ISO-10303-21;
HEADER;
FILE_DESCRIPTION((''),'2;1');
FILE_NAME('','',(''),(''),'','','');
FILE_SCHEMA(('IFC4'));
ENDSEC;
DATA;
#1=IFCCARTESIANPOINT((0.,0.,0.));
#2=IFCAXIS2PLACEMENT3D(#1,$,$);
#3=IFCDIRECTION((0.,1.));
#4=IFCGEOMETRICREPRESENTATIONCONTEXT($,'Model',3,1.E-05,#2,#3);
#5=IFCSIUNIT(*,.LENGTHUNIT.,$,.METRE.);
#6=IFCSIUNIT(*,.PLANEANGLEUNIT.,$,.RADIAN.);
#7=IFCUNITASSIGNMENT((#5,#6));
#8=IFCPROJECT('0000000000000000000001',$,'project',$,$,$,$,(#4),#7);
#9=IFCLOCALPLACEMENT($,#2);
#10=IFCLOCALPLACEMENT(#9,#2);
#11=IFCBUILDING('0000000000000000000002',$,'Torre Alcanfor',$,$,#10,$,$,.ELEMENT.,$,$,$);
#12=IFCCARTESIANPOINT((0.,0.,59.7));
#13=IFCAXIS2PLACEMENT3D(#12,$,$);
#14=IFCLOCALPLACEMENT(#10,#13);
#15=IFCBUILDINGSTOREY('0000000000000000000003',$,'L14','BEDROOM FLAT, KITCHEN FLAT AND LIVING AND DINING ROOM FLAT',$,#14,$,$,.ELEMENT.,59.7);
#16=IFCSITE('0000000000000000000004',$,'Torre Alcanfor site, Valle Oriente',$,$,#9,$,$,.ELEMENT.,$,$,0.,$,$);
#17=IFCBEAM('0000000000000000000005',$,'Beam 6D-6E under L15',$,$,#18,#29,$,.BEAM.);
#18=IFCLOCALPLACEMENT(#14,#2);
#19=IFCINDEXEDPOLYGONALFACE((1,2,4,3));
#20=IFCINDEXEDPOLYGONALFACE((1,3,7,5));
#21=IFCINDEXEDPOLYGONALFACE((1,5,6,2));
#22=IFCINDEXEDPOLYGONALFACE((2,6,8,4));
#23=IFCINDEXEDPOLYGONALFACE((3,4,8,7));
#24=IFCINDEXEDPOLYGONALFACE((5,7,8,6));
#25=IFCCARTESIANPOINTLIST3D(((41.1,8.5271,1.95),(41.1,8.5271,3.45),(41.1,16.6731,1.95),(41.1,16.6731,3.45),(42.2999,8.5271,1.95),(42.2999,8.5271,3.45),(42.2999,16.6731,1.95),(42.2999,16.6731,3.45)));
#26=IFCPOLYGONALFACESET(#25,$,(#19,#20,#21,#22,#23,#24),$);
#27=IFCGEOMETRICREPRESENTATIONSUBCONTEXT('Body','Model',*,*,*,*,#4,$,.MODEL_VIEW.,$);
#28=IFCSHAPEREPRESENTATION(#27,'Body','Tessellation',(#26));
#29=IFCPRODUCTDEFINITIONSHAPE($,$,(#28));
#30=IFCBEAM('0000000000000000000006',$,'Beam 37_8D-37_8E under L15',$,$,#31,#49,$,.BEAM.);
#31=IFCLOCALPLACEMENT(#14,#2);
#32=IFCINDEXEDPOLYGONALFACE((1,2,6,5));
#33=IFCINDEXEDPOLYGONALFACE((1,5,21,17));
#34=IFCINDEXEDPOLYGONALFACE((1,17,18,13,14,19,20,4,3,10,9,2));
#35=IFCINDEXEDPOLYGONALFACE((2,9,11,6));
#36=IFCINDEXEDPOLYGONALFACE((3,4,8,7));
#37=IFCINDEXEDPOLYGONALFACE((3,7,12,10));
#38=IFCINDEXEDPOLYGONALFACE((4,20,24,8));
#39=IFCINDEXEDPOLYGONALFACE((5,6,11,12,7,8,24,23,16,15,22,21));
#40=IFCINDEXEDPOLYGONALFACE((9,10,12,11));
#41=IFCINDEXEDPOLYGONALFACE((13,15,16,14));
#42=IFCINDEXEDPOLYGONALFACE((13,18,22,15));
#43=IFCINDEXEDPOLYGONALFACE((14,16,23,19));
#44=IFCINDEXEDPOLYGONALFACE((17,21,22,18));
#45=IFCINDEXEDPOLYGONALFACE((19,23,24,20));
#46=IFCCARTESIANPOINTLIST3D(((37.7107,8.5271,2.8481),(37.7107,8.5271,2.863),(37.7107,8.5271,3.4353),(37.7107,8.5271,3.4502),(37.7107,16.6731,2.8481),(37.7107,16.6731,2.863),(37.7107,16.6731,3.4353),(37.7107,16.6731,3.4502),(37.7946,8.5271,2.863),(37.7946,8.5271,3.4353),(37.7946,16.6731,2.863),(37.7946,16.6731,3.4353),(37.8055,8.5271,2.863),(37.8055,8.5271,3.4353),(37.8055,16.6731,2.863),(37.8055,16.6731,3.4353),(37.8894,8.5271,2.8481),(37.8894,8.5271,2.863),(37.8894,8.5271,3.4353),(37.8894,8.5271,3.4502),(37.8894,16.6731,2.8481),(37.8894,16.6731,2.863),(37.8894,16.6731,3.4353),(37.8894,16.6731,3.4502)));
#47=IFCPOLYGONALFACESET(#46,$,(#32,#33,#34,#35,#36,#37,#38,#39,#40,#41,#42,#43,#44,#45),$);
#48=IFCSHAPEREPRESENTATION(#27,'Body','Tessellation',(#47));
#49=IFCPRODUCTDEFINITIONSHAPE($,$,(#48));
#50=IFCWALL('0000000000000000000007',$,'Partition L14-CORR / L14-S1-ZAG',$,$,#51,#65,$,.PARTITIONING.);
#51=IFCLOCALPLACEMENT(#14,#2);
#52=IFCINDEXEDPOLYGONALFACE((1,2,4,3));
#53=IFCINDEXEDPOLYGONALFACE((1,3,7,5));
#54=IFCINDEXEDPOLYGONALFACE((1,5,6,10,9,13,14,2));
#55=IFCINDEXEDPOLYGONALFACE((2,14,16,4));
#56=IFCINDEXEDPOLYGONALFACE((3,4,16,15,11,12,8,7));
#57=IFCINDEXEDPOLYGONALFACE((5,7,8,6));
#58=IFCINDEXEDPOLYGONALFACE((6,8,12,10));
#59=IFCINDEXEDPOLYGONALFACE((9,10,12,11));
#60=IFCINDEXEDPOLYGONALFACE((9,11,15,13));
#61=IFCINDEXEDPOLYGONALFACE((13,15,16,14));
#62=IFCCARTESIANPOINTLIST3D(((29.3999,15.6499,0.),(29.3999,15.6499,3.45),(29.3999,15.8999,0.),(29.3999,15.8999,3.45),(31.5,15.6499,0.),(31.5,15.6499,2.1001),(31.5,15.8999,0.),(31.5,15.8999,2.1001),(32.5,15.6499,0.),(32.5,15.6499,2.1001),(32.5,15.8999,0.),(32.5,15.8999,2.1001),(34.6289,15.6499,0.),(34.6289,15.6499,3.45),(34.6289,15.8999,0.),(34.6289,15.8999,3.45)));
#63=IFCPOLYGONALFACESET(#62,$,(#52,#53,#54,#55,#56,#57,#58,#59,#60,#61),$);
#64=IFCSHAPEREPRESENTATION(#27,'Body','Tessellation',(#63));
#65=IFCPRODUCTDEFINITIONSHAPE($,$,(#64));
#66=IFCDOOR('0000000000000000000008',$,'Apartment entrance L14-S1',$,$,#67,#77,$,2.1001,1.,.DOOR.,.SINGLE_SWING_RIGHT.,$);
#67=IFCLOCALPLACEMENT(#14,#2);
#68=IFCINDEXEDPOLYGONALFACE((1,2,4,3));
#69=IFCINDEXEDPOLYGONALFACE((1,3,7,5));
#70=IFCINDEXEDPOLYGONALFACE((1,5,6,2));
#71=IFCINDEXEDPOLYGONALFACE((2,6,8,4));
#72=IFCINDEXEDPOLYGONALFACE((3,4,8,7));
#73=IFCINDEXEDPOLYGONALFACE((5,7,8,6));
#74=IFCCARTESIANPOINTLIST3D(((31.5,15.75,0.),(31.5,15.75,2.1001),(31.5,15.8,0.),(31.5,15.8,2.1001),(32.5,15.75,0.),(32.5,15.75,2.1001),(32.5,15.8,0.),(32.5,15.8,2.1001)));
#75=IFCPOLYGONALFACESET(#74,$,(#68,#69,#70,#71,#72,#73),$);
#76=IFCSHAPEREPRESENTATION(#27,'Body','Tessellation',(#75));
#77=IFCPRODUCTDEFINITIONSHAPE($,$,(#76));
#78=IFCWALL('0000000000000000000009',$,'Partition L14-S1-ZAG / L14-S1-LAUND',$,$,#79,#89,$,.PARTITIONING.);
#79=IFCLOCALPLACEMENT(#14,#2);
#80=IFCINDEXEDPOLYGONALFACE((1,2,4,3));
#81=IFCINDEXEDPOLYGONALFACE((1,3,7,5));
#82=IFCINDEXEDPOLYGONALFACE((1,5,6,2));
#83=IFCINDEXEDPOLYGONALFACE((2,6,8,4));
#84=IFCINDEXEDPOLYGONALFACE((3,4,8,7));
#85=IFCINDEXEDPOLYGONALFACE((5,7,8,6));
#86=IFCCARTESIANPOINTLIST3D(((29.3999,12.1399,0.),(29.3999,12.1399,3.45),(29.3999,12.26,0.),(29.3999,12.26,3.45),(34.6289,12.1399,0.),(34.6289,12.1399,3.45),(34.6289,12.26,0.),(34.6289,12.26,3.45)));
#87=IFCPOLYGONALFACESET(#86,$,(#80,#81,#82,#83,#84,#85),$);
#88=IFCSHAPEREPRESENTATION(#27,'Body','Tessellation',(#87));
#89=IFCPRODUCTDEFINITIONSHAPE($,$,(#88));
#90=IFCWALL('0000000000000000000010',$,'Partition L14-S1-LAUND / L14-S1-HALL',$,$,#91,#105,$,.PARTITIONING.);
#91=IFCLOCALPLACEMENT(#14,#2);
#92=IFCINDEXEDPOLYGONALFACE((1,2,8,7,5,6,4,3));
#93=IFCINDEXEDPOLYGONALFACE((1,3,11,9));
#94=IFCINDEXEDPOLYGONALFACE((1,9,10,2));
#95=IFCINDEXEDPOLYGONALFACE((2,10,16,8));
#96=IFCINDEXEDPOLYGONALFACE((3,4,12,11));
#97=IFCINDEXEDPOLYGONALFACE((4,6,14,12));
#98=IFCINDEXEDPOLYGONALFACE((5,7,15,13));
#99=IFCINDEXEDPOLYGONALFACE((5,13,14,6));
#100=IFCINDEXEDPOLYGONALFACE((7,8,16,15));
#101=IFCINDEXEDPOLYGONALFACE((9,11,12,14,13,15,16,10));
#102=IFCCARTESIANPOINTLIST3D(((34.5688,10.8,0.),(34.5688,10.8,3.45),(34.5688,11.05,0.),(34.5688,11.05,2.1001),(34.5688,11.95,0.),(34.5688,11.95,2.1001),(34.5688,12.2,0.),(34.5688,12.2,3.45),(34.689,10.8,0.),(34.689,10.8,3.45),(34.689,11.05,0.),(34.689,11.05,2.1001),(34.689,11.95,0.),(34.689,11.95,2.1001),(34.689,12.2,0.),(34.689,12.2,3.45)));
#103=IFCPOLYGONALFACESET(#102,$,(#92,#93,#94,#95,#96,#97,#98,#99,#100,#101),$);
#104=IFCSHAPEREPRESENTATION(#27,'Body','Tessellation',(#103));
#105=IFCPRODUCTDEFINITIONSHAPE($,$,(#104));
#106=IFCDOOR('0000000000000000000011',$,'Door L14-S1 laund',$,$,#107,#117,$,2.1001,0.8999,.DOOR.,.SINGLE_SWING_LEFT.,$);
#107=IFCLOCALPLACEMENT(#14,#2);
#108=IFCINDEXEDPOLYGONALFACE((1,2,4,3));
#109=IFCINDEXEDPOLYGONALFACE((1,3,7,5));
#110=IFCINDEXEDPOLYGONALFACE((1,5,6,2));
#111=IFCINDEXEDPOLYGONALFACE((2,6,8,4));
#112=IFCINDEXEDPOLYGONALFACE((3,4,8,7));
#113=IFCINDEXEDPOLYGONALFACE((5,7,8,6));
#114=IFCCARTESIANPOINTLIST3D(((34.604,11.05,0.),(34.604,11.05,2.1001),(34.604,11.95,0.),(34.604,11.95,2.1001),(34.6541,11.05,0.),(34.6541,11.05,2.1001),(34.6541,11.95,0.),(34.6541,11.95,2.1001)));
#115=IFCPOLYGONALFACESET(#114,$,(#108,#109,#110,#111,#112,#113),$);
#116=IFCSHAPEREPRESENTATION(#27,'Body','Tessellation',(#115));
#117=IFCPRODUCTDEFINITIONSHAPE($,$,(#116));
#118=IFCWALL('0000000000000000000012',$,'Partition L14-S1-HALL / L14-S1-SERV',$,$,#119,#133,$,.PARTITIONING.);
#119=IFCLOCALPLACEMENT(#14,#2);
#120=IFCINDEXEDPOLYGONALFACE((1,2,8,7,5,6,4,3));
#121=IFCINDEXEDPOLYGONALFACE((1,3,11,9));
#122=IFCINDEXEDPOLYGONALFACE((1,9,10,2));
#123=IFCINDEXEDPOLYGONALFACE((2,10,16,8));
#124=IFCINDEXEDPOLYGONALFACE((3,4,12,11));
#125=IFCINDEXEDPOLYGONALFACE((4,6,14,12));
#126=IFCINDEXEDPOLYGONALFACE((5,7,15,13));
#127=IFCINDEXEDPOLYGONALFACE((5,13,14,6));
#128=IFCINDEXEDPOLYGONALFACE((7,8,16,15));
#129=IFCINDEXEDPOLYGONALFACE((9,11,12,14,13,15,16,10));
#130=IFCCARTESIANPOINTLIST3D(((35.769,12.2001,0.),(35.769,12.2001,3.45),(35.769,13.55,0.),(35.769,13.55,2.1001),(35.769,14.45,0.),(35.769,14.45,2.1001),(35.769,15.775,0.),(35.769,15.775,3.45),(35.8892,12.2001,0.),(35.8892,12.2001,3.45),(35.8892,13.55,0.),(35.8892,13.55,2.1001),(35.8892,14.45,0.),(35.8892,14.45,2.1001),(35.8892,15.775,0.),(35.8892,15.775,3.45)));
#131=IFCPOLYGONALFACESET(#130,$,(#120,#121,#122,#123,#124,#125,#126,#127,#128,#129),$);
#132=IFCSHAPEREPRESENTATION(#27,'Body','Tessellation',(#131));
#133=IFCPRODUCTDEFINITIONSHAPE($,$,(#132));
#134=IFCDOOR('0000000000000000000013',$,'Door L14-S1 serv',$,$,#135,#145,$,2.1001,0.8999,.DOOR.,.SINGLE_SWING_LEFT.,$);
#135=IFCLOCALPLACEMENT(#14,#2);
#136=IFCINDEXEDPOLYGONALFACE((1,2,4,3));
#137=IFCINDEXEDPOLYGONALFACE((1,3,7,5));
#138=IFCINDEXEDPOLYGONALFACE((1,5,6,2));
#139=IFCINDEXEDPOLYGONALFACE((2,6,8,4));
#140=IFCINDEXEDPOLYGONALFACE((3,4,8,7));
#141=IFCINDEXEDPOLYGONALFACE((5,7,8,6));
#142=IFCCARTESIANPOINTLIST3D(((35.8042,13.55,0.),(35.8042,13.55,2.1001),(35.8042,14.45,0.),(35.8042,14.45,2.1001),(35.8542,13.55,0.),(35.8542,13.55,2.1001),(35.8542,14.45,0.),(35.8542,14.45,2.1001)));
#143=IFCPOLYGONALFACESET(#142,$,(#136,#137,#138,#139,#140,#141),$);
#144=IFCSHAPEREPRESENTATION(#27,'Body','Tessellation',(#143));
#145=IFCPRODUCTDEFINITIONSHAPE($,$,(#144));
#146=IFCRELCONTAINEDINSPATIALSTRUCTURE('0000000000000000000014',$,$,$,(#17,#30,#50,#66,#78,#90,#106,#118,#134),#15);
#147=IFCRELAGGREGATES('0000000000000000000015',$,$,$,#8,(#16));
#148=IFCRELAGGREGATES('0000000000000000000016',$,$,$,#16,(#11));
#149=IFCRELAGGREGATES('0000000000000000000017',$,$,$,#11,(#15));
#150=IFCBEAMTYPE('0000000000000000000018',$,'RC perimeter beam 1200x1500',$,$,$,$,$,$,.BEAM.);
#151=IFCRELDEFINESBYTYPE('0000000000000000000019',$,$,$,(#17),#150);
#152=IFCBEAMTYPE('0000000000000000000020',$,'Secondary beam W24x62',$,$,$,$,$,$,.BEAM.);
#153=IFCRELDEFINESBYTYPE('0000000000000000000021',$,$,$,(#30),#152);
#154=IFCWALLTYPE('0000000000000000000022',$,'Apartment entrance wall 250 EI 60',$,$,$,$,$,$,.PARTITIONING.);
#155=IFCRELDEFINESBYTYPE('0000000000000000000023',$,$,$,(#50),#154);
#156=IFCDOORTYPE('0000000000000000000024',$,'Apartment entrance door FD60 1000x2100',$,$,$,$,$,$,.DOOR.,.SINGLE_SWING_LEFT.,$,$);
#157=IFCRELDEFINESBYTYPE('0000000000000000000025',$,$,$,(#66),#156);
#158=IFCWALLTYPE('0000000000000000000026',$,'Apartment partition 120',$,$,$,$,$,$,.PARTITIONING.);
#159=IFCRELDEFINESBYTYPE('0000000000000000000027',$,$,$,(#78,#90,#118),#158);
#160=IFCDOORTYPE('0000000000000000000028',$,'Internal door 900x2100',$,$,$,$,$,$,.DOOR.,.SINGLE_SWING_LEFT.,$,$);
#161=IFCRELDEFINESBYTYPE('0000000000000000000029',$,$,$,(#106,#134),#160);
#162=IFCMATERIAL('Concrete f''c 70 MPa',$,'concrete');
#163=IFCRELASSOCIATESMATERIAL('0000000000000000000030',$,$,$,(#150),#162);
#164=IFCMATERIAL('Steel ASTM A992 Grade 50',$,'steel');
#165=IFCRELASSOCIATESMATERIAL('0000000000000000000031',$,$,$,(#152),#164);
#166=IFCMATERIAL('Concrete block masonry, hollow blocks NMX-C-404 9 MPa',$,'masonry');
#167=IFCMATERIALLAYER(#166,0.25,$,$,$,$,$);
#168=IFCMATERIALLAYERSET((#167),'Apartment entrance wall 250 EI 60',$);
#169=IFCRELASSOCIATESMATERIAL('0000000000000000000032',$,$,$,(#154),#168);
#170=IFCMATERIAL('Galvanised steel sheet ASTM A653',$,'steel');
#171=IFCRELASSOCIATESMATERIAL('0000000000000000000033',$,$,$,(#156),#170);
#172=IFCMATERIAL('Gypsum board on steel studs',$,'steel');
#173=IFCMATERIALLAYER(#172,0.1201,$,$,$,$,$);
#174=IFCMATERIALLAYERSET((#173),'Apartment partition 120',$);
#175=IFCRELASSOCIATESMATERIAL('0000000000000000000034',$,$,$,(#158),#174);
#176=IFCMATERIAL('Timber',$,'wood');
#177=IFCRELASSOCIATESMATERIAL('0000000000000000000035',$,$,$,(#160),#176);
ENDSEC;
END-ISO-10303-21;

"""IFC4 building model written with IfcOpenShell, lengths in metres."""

from ifc_helpers import new_model, si_unit, direction, frame, frame_2d, origin, origin_2d, place, context, subcontext, project, spatial, rectangle, i_section, extrude, material, layer, layer_set, material_profile, profile_set, type_object, element, fill, save


model = new_model("IFC4")

# Units and contexts
model_context = context("Model", 3, precision=1e-05, world=origin(), true_north=direction((0.0, 1.0)))
body_context = subcontext(model_context, "Body", "Model", "MODEL_VIEW")
ifc_project = project(units=[si_unit("LENGTHUNIT", "METRE"), si_unit("PLANEANGLEUNIT", "RADIAN")], contexts=[model_context])

# Site, building, storey
site_placement = place(None, origin())
site = spatial("IfcSite", under=ifc_project, at=site_placement, Name="Torre Alcanfor site, Valle Oriente", CompositionType="ELEMENT", RefElevation=0.0)
building_placement = place(site_placement, origin())
building = spatial("IfcBuilding", under=site, at=building_placement, Name="Torre Alcanfor", CompositionType="ELEMENT")
storey_placement = place(building_placement, frame((0.0, 0.0, 59.7)))
storey = spatial("IfcBuildingStorey", under=building, at=storey_placement, Name="L14", Description="BEDROOM FLAT, KITCHEN FLAT AND LIVING AND DINING ROOM FLAT", CompositionType="ELEMENT", Elevation=59.7)

# Beams
ifc_material_1 = material(Name="Concrete f'c 70 MPa", Category="concrete")
ifc_material_profile_1 = material_profile(ifc_material_1, rectangle(XDim=1.2, YDim=1.5, at=origin_2d()), Name="1200x1500")
ifc_profile_set_1 = profile_set([ifc_material_profile_1], Name="Concrete f'c 70 MPa")
beam_type_1 = type_object("IfcBeamType", Name="RC perimeter beam 1200x1500", PredefinedType="BEAM", material=ifc_profile_set_1)
beam_1_placement = place(storey_placement, frame((41.7, 8.5271, 2.7), z_axis=(0.0, 1.0, 0.0), x_axis=(-1.0, 0.0, 0.0)))
element("IfcBeam", 1, at=beam_1_placement, inside=storey, type_object=beam_type_1, Name="Beam 6D-6E under L15", PredefinedType="BEAM", context=body_context, shape_type="SweptSolid", body=[
    extrude(rectangle(XDim=1.2, YDim=1.5, at=origin_2d()), origin(), (0.0, 0.0, 1.0), 8.146),
])
ifc_material_2 = material(Name="Steel ASTM A992 Grade 50", Category="steel")
ifc_material_profile_2 = material_profile(ifc_material_2, i_section(OverallWidth=0.1787, OverallDepth=0.6021, WebThickness=0.011, FlangeThickness=0.0149, at=origin_2d()), Name="W24x62")
ifc_profile_set_2 = profile_set([ifc_material_profile_2], Name="Steel ASTM A992 Grade 50")
beam_type_2 = type_object("IfcBeamType", Name="Secondary beam W24x62", PredefinedType="BEAM", material=ifc_profile_set_2)
beam_2_placement = place(storey_placement, frame((37.8, 8.5271, 3.1492), z_axis=(0.0, 1.0, 0.0), x_axis=(-1.0, 0.0, 0.0)))
element("IfcBeam", 2, at=beam_2_placement, inside=storey, type_object=beam_type_2, Name="Beam 37_8D-37_8E under L15", PredefinedType="BEAM", context=body_context, shape_type="SweptSolid", body=[
    extrude(i_section(OverallWidth=0.1787, OverallDepth=0.6021, WebThickness=0.011, FlangeThickness=0.0149, at=origin_2d()), origin(), (0.0, 0.0, 1.0), 8.146),
])

# Wall, opening, door
ifc_material_3 = material(Name="Concrete block masonry, hollow blocks NMX-C-404 9 MPa", Category="masonry")
ifc_layer_1 = layer(ifc_material_3, 0.25)
ifc_layer_set_1 = layer_set([ifc_layer_1], Name="Apartment entrance wall 250 EI 60")
wall_type_1 = type_object("IfcWallType", Name="Apartment entrance wall 250 EI 60", PredefinedType="PARTITIONING", material=ifc_layer_set_1)
wall_1_placement = place(storey_placement, frame((34.6289, 15.7749, 0.0), z_axis=(0.0, 0.0, 1.0), x_axis=(-1.0, 0.0, 0.0)))
wall_1 = element("IfcWall", 3, at=wall_1_placement, inside=storey, type_object=wall_type_1, Name="Partition L14-CORR / L14-S1-ZAG", PredefinedType="PARTITIONING", context=body_context, shape_type="SweptSolid", body=[
    extrude(rectangle(XDim=5.229, YDim=0.25, at=frame_2d((2.6145, 0.0))), origin(), (0.0, 0.0, 1.0), 3.45),
])
opening_1_placement = place(wall_1_placement, frame((2.1289, 0.0, 0.0)))
opening_1 = element("IfcOpeningElement", 4, at=opening_1_placement, cuts=wall_1, PredefinedType="OPENING", context=body_context, shape_type="SweptSolid", body=[
    extrude(rectangle(XDim=1.0, YDim=2.1001, at=frame_2d((0.5, 1.05))), frame((0.0, 0.135, 0.0), z_axis=(0.0, -1.0, 0.0), x_axis=(1.0, 0.0, 0.0)), (0.0, 0.0, 1.0), 0.27),
])
ifc_material_4 = material(Name="Galvanised steel sheet ASTM A653", Category="steel")
door_type_1 = type_object("IfcDoorType", Name="Apartment entrance door FD60 1000x2100", OperationType="SINGLE_SWING_LEFT", PredefinedType="DOOR", material=ifc_material_4)
door_1_placement = place(opening_1_placement, origin())
door_1 = element("IfcDoor", 5, at=door_1_placement, inside=storey, type_object=door_type_1, Name="Apartment entrance L14-S1", OperationType="SINGLE_SWING_RIGHT", OverallHeight=2.1001, OverallWidth=1.0, PredefinedType="DOOR", context=body_context, shape_type="SweptSolid", body=[
    extrude(rectangle(XDim=1.0, YDim=2.1001, at=frame_2d((0.5, 1.05))), frame((0.0, 0.0249, 0.0), z_axis=(0.0, -1.0, 0.0), x_axis=(1.0, 0.0, 0.0)), (0.0, 0.0, 1.0), 0.05),
])
fill(opening_1, door_1)

# Wall
ifc_material_5 = material(Name="Gypsum board on steel studs", Category="steel")
ifc_layer_2 = layer(ifc_material_5, 0.1201)
ifc_layer_set_2 = layer_set([ifc_layer_2], Name="Apartment partition 120")
wall_type_2 = type_object("IfcWallType", Name="Apartment partition 120", PredefinedType="PARTITIONING", material=ifc_layer_set_2)
wall_2_placement = place(storey_placement, frame((29.3999, 12.2, 0.0), z_axis=(0.0, 0.0, 1.0), x_axis=(1.0, 0.0, 0.0)))
element("IfcWall", 6, at=wall_2_placement, inside=storey, type_object=wall_type_2, Name="Partition L14-S1-ZAG / L14-S1-LAUND", PredefinedType="PARTITIONING", context=body_context, shape_type="SweptSolid", body=[
    extrude(rectangle(XDim=5.229, YDim=0.1201, at=frame_2d((2.6145, 0.0))), origin(), (0.0, 0.0, 1.0), 3.45),
])

# Walls, openings, doors
wall_3_placement = place(storey_placement, frame((34.6289, 10.8, 0.0), z_axis=(0.0, 0.0, 1.0), x_axis=(0.0, 1.0, 0.0)))
wall_3 = element("IfcWall", 7, at=wall_3_placement, inside=storey, type_object=wall_type_2, Name="Partition L14-S1-LAUND / L14-S1-HALL", PredefinedType="PARTITIONING", context=body_context, shape_type="SweptSolid", body=[
    extrude(rectangle(XDim=1.3999, YDim=0.1201, at=frame_2d((0.7, 0.0))), origin(), (0.0, 0.0, 1.0), 3.45),
])
opening_2_placement = place(wall_3_placement, frame((0.25, 0.0, 0.0)))
opening_2 = element("IfcOpeningElement", 8, at=opening_2_placement, cuts=wall_3, PredefinedType="OPENING", context=body_context, shape_type="SweptSolid", body=[
    extrude(rectangle(XDim=0.8999, YDim=2.1001, at=frame_2d((0.45, 1.05))), frame((0.0, 0.0701, 0.0), z_axis=(0.0, -1.0, 0.0), x_axis=(1.0, 0.0, 0.0)), (0.0, 0.0, 1.0), 0.1401),
])
ifc_material_6 = material(Name="Timber", Category="wood")
door_type_2 = type_object("IfcDoorType", Name="Internal door 900x2100", OperationType="SINGLE_SWING_LEFT", PredefinedType="DOOR", material=ifc_material_6)
door_2_placement = place(opening_2_placement, origin())
door_2 = element("IfcDoor", 9, at=door_2_placement, inside=storey, type_object=door_type_2, Name="Door L14-S1 laund", OperationType="SINGLE_SWING_LEFT", OverallHeight=2.1001, OverallWidth=0.8999, PredefinedType="DOOR", context=body_context, shape_type="SweptSolid", body=[
    extrude(rectangle(XDim=0.8999, YDim=2.1001, at=frame_2d((0.45, 1.05))), frame((0.0, 0.0249, 0.0), z_axis=(0.0, -1.0, 0.0), x_axis=(1.0, 0.0, 0.0)), (0.0, 0.0, 1.0), 0.05),
])
fill(opening_2, door_2)
wall_4_placement = place(storey_placement, frame((35.8291, 12.2, 0.0), z_axis=(0.0, 0.0, 1.0), x_axis=(0.0, 1.0, 0.0)))
wall_4 = element("IfcWall", 10, at=wall_4_placement, inside=storey, type_object=wall_type_2, Name="Partition L14-S1-HALL / L14-S1-SERV", PredefinedType="PARTITIONING", context=body_context, shape_type="SweptSolid", body=[
    extrude(rectangle(XDim=3.575, YDim=0.1201, at=frame_2d((1.7876, 0.0))), origin(), (0.0, 0.0, 1.0), 3.45),
])
opening_3_placement = place(wall_4_placement, frame((1.3501, 0.0, 0.0)))
opening_3 = element("IfcOpeningElement", 11, at=opening_3_placement, cuts=wall_4, PredefinedType="OPENING", context=body_context, shape_type="SweptSolid", body=[
    extrude(rectangle(XDim=0.8999, YDim=2.1001, at=frame_2d((0.45, 1.05))), frame((0.0, 0.0701, 0.0), z_axis=(0.0, -1.0, 0.0), x_axis=(1.0, 0.0, 0.0)), (0.0, 0.0, 1.0), 0.1401),
])
door_3_placement = place(opening_3_placement, frame((0.8999, 0.0, 0.0), z_axis=(0.0, 0.0, 1.0), x_axis=(-1.0, 0.0, 0.0)))
door_3 = element("IfcDoor", 12, at=door_3_placement, inside=storey, type_object=door_type_2, Name="Door L14-S1 serv", OperationType="SINGLE_SWING_LEFT", OverallHeight=2.1001, OverallWidth=0.8999, PredefinedType="DOOR", context=body_context, shape_type="SweptSolid", body=[
    extrude(rectangle(XDim=0.8999, YDim=2.1001, at=frame_2d((0.45, 1.05))), frame((0.0, 0.0251, 0.0), z_axis=(0.0, -1.0, 0.0), x_axis=(1.0, 0.0, 0.0)), (0.0, 0.0, 1.0), 0.05),
])
fill(opening_3, door_3)

save(model, "model.ifc")
